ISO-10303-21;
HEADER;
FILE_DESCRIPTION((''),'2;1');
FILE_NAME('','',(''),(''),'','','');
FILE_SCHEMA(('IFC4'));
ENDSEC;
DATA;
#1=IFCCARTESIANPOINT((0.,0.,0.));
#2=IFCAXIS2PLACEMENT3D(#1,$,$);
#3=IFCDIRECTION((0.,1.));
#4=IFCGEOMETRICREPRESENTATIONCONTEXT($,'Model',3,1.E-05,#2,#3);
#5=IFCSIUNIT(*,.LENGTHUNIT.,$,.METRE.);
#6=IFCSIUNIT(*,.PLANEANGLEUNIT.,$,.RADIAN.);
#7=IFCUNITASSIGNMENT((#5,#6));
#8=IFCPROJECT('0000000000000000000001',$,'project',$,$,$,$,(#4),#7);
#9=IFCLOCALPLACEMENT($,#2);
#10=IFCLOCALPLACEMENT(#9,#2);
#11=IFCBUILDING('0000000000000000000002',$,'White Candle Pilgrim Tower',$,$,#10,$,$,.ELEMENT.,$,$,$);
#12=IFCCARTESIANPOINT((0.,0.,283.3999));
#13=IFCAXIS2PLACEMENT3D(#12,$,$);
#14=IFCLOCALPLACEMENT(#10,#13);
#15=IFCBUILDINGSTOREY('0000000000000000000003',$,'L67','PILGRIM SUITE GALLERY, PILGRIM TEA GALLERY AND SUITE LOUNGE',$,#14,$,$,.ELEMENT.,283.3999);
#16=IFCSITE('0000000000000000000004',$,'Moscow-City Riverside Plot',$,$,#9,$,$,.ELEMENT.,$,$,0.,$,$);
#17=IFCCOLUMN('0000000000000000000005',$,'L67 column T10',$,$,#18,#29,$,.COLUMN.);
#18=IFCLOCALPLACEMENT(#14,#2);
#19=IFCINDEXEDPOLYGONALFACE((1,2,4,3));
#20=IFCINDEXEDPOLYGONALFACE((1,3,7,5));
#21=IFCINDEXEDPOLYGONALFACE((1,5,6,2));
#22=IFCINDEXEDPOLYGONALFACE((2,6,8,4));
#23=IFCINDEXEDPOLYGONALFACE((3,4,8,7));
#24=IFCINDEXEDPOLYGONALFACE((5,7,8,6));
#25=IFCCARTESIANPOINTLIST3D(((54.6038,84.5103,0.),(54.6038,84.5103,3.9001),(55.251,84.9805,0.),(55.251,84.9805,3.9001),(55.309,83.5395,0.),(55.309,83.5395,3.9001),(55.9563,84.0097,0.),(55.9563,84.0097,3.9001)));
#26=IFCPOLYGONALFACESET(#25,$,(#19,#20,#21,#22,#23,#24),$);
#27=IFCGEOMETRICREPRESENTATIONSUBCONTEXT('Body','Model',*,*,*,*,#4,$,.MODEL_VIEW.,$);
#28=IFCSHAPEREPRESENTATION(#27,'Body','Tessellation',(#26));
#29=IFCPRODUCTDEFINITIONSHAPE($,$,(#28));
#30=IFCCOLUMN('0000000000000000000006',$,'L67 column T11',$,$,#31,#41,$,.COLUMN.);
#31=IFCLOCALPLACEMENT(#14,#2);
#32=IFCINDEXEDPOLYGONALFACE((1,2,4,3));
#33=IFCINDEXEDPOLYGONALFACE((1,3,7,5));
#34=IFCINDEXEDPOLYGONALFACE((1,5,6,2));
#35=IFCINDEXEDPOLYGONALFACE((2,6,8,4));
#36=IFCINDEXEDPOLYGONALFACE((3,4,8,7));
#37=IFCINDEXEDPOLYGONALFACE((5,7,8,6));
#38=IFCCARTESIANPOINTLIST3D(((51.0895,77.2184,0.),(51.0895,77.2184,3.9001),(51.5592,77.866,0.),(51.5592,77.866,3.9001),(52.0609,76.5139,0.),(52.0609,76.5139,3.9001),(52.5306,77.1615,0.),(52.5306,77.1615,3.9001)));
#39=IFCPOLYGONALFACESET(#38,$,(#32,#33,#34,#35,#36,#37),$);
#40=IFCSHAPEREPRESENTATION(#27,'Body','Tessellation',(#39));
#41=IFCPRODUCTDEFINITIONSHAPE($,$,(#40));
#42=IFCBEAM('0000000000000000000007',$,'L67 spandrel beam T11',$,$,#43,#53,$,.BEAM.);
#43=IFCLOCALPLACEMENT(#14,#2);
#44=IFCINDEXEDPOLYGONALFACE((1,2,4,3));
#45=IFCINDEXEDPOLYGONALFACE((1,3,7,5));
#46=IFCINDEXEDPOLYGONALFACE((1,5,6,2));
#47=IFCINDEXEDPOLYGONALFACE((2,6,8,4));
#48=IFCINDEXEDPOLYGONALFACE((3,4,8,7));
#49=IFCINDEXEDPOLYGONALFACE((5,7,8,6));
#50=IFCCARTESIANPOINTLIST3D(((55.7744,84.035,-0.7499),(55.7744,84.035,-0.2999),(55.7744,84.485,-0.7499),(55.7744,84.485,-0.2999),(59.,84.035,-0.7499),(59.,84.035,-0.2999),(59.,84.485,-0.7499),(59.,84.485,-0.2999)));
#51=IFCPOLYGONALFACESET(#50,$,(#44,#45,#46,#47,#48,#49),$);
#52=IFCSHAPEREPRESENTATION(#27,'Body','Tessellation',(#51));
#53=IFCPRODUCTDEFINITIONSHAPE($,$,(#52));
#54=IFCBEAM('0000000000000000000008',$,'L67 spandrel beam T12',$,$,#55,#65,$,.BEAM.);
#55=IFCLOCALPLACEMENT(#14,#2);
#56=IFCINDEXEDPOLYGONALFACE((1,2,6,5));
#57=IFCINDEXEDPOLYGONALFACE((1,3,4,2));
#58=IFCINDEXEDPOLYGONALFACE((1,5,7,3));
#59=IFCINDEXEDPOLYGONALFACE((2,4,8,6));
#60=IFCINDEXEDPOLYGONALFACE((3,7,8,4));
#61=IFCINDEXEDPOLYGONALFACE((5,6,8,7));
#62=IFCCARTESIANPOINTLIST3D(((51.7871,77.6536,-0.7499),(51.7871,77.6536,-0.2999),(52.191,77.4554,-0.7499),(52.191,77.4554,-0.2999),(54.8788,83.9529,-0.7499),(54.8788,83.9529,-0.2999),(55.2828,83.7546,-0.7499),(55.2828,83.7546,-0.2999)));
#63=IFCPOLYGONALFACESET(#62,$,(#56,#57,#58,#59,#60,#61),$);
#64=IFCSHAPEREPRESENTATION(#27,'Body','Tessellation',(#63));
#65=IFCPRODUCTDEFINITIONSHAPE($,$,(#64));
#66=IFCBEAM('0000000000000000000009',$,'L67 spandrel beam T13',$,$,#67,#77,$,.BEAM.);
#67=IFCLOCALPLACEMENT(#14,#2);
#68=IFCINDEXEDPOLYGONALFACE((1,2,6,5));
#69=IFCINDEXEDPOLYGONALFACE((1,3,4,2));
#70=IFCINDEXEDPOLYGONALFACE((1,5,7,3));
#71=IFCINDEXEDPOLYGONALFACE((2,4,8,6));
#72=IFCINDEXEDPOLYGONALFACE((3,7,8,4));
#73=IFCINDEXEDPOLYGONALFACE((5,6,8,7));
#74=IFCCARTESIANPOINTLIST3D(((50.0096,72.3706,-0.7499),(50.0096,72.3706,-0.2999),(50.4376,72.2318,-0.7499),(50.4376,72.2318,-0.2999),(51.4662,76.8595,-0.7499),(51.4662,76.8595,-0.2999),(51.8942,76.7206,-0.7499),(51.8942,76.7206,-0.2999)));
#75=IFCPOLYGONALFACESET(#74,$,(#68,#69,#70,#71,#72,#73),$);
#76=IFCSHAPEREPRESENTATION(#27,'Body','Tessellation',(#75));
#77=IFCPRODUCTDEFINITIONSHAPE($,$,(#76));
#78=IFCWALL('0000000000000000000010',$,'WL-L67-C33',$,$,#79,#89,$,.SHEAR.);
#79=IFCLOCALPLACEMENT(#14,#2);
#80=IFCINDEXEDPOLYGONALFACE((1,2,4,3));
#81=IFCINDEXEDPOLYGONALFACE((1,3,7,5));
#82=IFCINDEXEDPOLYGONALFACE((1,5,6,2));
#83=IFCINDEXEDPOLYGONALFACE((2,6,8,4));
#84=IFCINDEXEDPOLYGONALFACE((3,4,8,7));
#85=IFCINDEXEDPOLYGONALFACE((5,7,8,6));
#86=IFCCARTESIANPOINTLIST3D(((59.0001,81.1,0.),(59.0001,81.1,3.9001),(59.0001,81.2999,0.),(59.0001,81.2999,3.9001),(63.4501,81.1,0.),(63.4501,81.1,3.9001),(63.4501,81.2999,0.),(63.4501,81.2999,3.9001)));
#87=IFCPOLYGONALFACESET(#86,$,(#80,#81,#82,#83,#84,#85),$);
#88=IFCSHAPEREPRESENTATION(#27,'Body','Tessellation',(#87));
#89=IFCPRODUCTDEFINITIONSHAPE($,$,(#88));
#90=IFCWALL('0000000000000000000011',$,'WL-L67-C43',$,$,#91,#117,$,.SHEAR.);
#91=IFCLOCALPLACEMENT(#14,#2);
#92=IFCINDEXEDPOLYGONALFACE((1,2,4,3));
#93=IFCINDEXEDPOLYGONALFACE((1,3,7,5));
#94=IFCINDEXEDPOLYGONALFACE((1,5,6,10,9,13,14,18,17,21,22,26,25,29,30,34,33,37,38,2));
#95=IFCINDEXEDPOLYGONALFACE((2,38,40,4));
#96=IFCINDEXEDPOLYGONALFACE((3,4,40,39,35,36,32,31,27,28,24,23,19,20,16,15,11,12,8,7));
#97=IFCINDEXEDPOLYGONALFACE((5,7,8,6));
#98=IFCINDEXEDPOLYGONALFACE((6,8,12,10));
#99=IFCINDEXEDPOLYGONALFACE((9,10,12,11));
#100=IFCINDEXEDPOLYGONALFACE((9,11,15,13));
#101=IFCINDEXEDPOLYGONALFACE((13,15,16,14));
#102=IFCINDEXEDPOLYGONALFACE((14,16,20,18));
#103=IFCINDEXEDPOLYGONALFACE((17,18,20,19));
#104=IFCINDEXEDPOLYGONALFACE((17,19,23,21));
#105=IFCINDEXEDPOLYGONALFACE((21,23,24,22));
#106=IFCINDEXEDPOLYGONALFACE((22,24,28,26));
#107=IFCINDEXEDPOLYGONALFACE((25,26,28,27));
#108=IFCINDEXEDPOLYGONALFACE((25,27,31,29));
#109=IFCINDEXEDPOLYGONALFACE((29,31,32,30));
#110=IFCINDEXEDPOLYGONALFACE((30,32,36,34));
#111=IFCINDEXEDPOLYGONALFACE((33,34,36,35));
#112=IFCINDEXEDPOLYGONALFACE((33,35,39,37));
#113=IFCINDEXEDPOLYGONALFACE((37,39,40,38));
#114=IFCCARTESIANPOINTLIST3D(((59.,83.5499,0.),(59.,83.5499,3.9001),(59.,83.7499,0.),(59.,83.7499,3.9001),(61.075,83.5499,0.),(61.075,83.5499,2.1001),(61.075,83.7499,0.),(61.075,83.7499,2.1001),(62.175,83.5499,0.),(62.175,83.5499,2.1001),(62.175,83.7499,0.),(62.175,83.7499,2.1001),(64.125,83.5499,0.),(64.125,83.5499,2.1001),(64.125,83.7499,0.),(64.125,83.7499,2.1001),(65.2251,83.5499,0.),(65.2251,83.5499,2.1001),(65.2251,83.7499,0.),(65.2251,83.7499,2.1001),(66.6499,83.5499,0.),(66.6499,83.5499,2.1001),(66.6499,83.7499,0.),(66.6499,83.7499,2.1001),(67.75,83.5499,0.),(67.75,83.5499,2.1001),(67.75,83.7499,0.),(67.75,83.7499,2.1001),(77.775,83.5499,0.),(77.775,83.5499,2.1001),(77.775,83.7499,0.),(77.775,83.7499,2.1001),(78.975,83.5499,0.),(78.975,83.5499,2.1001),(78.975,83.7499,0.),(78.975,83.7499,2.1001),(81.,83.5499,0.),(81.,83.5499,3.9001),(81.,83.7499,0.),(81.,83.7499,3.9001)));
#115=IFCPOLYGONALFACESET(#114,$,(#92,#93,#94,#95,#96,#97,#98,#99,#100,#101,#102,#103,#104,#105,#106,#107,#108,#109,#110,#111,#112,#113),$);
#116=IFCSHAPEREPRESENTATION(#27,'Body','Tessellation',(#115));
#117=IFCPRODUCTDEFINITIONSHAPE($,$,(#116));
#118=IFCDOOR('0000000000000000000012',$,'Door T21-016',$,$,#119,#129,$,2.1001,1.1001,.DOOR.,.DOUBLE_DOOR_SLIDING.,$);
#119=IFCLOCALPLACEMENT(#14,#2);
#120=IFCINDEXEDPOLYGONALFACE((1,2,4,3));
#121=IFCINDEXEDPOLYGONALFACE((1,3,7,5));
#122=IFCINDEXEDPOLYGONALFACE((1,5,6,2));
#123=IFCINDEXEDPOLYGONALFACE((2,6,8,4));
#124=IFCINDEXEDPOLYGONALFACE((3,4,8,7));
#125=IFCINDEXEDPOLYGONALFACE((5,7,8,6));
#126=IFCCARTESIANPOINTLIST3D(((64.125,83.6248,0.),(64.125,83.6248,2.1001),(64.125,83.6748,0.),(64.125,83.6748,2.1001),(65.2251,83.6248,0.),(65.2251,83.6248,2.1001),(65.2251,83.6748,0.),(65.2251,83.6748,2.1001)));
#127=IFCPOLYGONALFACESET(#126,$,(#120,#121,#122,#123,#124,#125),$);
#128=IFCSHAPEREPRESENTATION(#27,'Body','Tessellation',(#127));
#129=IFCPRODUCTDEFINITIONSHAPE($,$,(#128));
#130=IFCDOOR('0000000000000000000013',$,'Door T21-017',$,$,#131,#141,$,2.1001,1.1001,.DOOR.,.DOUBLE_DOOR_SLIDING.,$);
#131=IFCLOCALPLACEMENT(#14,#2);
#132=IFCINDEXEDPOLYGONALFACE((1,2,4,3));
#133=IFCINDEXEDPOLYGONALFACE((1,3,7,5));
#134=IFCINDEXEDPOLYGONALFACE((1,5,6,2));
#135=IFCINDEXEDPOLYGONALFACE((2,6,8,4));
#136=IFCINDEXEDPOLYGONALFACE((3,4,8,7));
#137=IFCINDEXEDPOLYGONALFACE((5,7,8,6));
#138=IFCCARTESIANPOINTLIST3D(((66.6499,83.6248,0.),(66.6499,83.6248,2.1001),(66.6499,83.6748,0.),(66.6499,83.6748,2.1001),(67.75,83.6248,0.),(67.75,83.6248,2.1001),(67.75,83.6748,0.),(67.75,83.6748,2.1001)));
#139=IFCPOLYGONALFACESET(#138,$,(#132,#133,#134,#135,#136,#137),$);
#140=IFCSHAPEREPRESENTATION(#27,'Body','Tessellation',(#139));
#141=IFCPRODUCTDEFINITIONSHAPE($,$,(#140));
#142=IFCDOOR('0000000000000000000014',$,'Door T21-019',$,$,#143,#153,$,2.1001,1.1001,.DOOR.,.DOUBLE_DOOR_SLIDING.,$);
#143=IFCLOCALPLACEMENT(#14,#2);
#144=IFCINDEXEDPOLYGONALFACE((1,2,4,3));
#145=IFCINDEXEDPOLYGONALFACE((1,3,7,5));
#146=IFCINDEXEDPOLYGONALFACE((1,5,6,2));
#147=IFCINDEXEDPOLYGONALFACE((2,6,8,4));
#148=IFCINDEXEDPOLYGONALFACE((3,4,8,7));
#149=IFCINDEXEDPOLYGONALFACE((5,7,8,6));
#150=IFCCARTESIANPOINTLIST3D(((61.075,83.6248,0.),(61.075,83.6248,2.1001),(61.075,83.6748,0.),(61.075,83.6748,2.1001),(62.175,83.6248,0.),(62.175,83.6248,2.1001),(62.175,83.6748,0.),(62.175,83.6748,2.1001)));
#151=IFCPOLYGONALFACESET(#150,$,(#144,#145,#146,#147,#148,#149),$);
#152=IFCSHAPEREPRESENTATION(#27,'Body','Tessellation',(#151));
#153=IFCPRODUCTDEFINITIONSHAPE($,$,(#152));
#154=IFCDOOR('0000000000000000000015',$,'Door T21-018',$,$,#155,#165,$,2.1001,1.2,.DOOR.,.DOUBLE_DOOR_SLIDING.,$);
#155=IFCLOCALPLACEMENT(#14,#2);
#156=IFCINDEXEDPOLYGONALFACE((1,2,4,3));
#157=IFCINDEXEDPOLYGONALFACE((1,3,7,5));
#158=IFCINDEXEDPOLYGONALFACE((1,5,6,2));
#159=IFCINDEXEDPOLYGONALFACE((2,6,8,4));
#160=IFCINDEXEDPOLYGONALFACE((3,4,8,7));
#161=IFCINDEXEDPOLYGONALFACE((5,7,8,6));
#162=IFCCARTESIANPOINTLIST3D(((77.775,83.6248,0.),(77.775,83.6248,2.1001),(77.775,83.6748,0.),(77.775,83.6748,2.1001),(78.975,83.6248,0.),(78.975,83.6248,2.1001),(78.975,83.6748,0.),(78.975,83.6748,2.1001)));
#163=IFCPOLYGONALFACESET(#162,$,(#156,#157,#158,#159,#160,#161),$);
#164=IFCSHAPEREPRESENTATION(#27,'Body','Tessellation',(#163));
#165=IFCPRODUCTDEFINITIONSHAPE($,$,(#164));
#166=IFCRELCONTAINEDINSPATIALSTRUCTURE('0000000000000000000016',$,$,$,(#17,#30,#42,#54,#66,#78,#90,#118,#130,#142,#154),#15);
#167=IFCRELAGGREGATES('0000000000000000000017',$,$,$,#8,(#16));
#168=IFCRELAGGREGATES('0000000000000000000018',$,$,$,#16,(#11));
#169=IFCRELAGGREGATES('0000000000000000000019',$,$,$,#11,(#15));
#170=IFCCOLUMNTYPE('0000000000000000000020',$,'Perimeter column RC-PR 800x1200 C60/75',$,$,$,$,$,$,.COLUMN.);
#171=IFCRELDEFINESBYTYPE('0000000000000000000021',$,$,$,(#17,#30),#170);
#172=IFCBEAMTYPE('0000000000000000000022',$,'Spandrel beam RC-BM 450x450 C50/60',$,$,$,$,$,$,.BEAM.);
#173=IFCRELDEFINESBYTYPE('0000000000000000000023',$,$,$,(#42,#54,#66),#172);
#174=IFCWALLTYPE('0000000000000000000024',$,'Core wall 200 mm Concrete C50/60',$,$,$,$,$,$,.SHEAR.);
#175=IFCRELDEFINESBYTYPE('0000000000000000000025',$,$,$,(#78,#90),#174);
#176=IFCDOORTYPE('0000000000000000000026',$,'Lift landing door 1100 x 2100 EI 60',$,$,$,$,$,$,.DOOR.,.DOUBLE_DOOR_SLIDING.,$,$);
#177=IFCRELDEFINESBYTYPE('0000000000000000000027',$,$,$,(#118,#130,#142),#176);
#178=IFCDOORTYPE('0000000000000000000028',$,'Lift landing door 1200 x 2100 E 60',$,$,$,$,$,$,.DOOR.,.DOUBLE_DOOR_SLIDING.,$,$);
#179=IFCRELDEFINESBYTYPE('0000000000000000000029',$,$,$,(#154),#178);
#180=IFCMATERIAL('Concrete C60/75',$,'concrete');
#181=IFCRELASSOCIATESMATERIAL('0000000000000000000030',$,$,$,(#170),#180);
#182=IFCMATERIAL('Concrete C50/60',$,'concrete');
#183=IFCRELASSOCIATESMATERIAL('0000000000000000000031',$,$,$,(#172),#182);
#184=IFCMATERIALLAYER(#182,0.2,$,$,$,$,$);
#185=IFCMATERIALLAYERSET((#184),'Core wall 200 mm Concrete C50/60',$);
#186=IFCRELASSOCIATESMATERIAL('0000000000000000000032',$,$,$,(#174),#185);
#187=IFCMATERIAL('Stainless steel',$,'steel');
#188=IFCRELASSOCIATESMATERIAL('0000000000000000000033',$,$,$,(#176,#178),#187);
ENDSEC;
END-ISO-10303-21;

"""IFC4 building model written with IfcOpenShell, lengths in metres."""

from ifc_helpers import new_model, si_unit, direction, frame, frame_2d, origin, origin_2d, place, context, subcontext, project, spatial, rectangle, extrude, material, layer, layer_set, material_profile, profile_set, type_object, element, fill, save


model = new_model("IFC4")

# Units and contexts
model_context = context("Model", 3, precision=1e-05, world=origin(), true_north=direction((0.0, 1.0)))
body_context = subcontext(model_context, "Body", "Model", "MODEL_VIEW")
ifc_project = project(units=[si_unit("LENGTHUNIT", "METRE"), si_unit("PLANEANGLEUNIT", "RADIAN")], contexts=[model_context])

# Site, building, storey
site_placement = place(None, origin())
site = spatial("IfcSite", under=ifc_project, at=site_placement, Name="Moscow-City Riverside Plot", CompositionType="ELEMENT", RefElevation=0.0)
building_placement = place(site_placement, origin())
building = spatial("IfcBuilding", under=site, at=building_placement, Name="White Candle Pilgrim Tower", CompositionType="ELEMENT")
storey_placement = place(building_placement, frame((0.0, 0.0, 283.3999)))
storey = spatial("IfcBuildingStorey", under=building, at=storey_placement, Name="L67", Description="PILGRIM SUITE GALLERY, PILGRIM TEA GALLERY AND SUITE LOUNGE", CompositionType="ELEMENT", Elevation=283.3999)

# Columns
ifc_material_1 = material(Name="Concrete C60/75", Category="concrete")
ifc_material_profile_1 = material_profile(ifc_material_1, rectangle(XDim=0.8, YDim=1.2, at=origin_2d()), Name="RC-PR 800x1200")
ifc_profile_set_1 = profile_set([ifc_material_profile_1], Name="Concrete C60/75")
column_type = type_object("IfcColumnType", Name="Perimeter column RC-PR 800x1200 C60/75", PredefinedType="COLUMN", material=ifc_profile_set_1)
for number, where, z_axis, x_axis, name in (
    (1, (55.28, 84.26, 0.0), (0.0, 0.0, 1.0), (0.809027, 0.587771, 0.0), "L67 column T10"),
    (2, (51.8101, 77.1899, 0.0), (0.0, 0.0, 1.0), (0.587107, 0.809509, 0.0), "L67 column T11"),
):
    element("IfcColumn", number, at=place(storey_placement, frame(where, z_axis=z_axis, x_axis=x_axis)), inside=storey, type_object=column_type, Name=name, PredefinedType="COLUMN", context=body_context, shape_type="SweptSolid", body=[
        extrude(rectangle(XDim=0.8, YDim=1.2, at=origin_2d()), origin(), (0.0, 0.0, 1.0), 3.9001),
    ])

# Beams
ifc_material_2 = material(Name="Concrete C50/60", Category="concrete")
ifc_material_profile_2 = material_profile(ifc_material_2, rectangle(XDim=0.45, YDim=0.45, at=origin_2d()), Name="RC-BM 450x450")
ifc_profile_set_2 = profile_set([ifc_material_profile_2], Name="Concrete C50/60")
beam_type = type_object("IfcBeamType", Name="Spandrel beam RC-BM 450x450 C50/60", PredefinedType="BEAM", material=ifc_profile_set_2)
beam_1_placement = place(storey_placement, frame((55.7744, 84.26, -0.5249), z_axis=(1.0, 0.0, 0.0), x_axis=(0.0, 1.0, 0.0)))
element("IfcBeam", 3, at=beam_1_placement, inside=storey, type_object=beam_type, Name="L67 spandrel beam T11", PredefinedType="BEAM", context=body_context, shape_type="SweptSolid", body=[
    extrude(rectangle(XDim=0.45, YDim=0.45, at=origin_2d()), origin(), (0.0, 0.0, 1.0), 3.2256),
])
beam_2_placement = place(storey_placement, frame((55.0808, 83.8538, -0.5249), z_axis=(-0.440605, -0.897701, 0.0), x_axis=(0.897701, -0.440605, 0.0)))
element("IfcBeam", 4, at=beam_2_placement, inside=storey, type_object=beam_type, Name="L67 spandrel beam T12", PredefinedType="BEAM", context=body_context, shape_type="SweptSolid", body=[
    extrude(rectangle(XDim=0.45, YDim=0.45, at=origin_2d()), origin(), (0.0, 0.0, 1.0), 7.0171),
])
beam_3_placement = place(storey_placement, frame((51.6802, 76.79, -0.5249), z_axis=(-0.308644, -0.951178, 0.0), x_axis=(0.951178, -0.308644, 0.0)))
element("IfcBeam", 5, at=beam_3_placement, inside=storey, type_object=beam_type, Name="L67 spandrel beam T13", PredefinedType="BEAM", context=body_context, shape_type="SweptSolid", body=[
    extrude(rectangle(XDim=0.45, YDim=0.45, at=origin_2d()), origin(), (0.0, 0.0, 1.0), 4.7192),
])

# Wall
ifc_layer_1 = layer(ifc_material_2, 0.2)
ifc_layer_set_1 = layer_set([ifc_layer_1], Name="Core wall 200 mm Concrete C50/60")
wall_type_1 = type_object("IfcWallType", Name="Core wall 200 mm Concrete C50/60", PredefinedType="SHEAR", material=ifc_layer_set_1)
wall_1_placement = place(storey_placement, frame((59.0, 81.2, 0.0), z_axis=(0.0, 0.0, 1.0), x_axis=(1.0, 0.0, 0.0)))
element("IfcWall", 6, at=wall_1_placement, inside=storey, type_object=wall_type_1, Name="WL-L67-C33", PredefinedType="SHEAR", context=body_context, shape_type="SweptSolid", body=[
    extrude(rectangle(XDim=4.45, YDim=0.2, at=frame_2d((2.2251, 0.0))), origin(), (0.0, 0.0, 1.0), 3.9001),
])

# Wall, openings, doors
wall_2_placement = place(storey_placement, frame((59.0, 83.6499, 0.0), z_axis=(0.0, 0.0, 1.0), x_axis=(1.0, 0.0, 0.0)))
wall_2 = element("IfcWall", 7, at=wall_2_placement, inside=storey, type_object=wall_type_1, Name="WL-L67-C43", PredefinedType="SHEAR", context=body_context, shape_type="SweptSolid", body=[
    extrude(rectangle(XDim=22.0, YDim=0.2, at=frame_2d((11.0, 0.0))), origin(), (0.0, 0.0, 1.0), 3.9001),
])
opening_1_placement = place(wall_2_placement, frame((5.125, 0.0, 0.0)))
opening_1 = element("IfcOpeningElement", 8, at=opening_1_placement, cuts=wall_2, PredefinedType="OPENING", context=body_context, shape_type="SweptSolid", body=[
    extrude(rectangle(XDim=1.1001, YDim=2.1001, at=frame_2d((0.55, 1.05))), frame((0.0, 0.1099, 0.0), z_axis=(0.0, -1.0, 0.0), x_axis=(1.0, 0.0, 0.0)), (0.0, 0.0, 1.0), 0.22),
])
opening_2_placement = place(wall_2_placement, frame((7.6499, 0.0, 0.0)))
opening_2 = element("IfcOpeningElement", 9, at=opening_2_placement, cuts=wall_2, PredefinedType="OPENING", context=body_context, shape_type="SweptSolid", body=[
    extrude(rectangle(XDim=1.1001, YDim=2.1001, at=frame_2d((0.55, 1.05))), frame((0.0, 0.1099, 0.0), z_axis=(0.0, -1.0, 0.0), x_axis=(1.0, 0.0, 0.0)), (0.0, 0.0, 1.0), 0.22),
])
opening_3_placement = place(wall_2_placement, frame((18.7749, 0.0, 0.0)))
opening_3 = element("IfcOpeningElement", 10, at=opening_3_placement, cuts=wall_2, PredefinedType="OPENING", context=body_context, shape_type="SweptSolid", body=[
    extrude(rectangle(XDim=1.2, YDim=2.1001, at=frame_2d((0.6001, 1.05))), frame((0.0, 0.1099, 0.0), z_axis=(0.0, -1.0, 0.0), x_axis=(1.0, 0.0, 0.0)), (0.0, 0.0, 1.0), 0.22),
])
opening_4_placement = place(wall_2_placement, frame((2.075, 0.0, 0.0)))
opening_4 = element("IfcOpeningElement", 11, at=opening_4_placement, cuts=wall_2, PredefinedType="OPENING", context=body_context, shape_type="SweptSolid", body=[
    extrude(rectangle(XDim=1.1001, YDim=2.1001, at=frame_2d((0.55, 1.05))), frame((0.0, 0.1099, 0.0), z_axis=(0.0, -1.0, 0.0), x_axis=(1.0, 0.0, 0.0)), (0.0, 0.0, 1.0), 0.22),
])
ifc_material_3 = material(Name="Stainless steel", Category="steel")
door_type_1 = type_object("IfcDoorType", Name="Lift landing door 1100 x 2100 EI 60", OperationType="DOUBLE_DOOR_SLIDING", PredefinedType="DOOR", material=ifc_material_3)
door_1_placement = place(opening_1_placement, origin())
door_1 = element("IfcDoor", 12, at=door_1_placement, inside=storey, type_object=door_type_1, Name="Door T21-016", OperationType="DOUBLE_DOOR_SLIDING", OverallHeight=2.1001, OverallWidth=1.1001, PredefinedType="DOOR", context=body_context, shape_type="SweptSolid", body=[
    extrude(rectangle(XDim=1.1001, YDim=2.1001, at=frame_2d((0.55, 1.05))), frame((0.0, 0.0249, 0.0), z_axis=(0.0, -1.0, 0.0), x_axis=(1.0, 0.0, 0.0)), (0.0, 0.0, 1.0), 0.05),
])
fill(opening_1, door_1)
door_2_placement = place(opening_2_placement, origin())
door_2 = element("IfcDoor", 13, at=door_2_placement, inside=storey, type_object=door_type_1, Name="Door T21-017", OperationType="DOUBLE_DOOR_SLIDING", OverallHeight=2.1001, OverallWidth=1.1001, PredefinedType="DOOR", context=body_context, shape_type="SweptSolid", body=[
    extrude(rectangle(XDim=1.1001, YDim=2.1001, at=frame_2d((0.55, 1.05))), frame((0.0, 0.0249, 0.0), z_axis=(0.0, -1.0, 0.0), x_axis=(1.0, 0.0, 0.0)), (0.0, 0.0, 1.0), 0.05),
])
fill(opening_2, door_2)
door_3_placement = place(opening_4_placement, origin())
door_3 = element("IfcDoor", 14, at=door_3_placement, inside=storey, type_object=door_type_1, Name="Door T21-019", OperationType="DOUBLE_DOOR_SLIDING", OverallHeight=2.1001, OverallWidth=1.1001, PredefinedType="DOOR", context=body_context, shape_type="SweptSolid", body=[
    extrude(rectangle(XDim=1.1001, YDim=2.1001, at=frame_2d((0.55, 1.05))), frame((0.0, 0.0249, 0.0), z_axis=(0.0, -1.0, 0.0), x_axis=(1.0, 0.0, 0.0)), (0.0, 0.0, 1.0), 0.05),
])
fill(opening_4, door_3)
door_type_2 = type_object("IfcDoorType", Name="Lift landing door 1200 x 2100 E 60", OperationType="DOUBLE_DOOR_SLIDING", PredefinedType="DOOR", material=ifc_material_3)
door_4_placement = place(opening_3_placement, origin())
door_4 = element("IfcDoor", 15, at=door_4_placement, inside=storey, type_object=door_type_2, Name="Door T21-018", OperationType="DOUBLE_DOOR_SLIDING", OverallHeight=2.1001, OverallWidth=1.2, PredefinedType="DOOR", context=body_context, shape_type="SweptSolid", body=[
    extrude(rectangle(XDim=1.2, YDim=2.1001, at=frame_2d((0.6001, 1.05))), frame((0.0, 0.0249, 0.0), z_axis=(0.0, -1.0, 0.0), x_axis=(1.0, 0.0, 0.0)), (0.0, 0.0, 1.0), 0.05),
])
fill(opening_3, door_4)

save(model, "model.ifc")
